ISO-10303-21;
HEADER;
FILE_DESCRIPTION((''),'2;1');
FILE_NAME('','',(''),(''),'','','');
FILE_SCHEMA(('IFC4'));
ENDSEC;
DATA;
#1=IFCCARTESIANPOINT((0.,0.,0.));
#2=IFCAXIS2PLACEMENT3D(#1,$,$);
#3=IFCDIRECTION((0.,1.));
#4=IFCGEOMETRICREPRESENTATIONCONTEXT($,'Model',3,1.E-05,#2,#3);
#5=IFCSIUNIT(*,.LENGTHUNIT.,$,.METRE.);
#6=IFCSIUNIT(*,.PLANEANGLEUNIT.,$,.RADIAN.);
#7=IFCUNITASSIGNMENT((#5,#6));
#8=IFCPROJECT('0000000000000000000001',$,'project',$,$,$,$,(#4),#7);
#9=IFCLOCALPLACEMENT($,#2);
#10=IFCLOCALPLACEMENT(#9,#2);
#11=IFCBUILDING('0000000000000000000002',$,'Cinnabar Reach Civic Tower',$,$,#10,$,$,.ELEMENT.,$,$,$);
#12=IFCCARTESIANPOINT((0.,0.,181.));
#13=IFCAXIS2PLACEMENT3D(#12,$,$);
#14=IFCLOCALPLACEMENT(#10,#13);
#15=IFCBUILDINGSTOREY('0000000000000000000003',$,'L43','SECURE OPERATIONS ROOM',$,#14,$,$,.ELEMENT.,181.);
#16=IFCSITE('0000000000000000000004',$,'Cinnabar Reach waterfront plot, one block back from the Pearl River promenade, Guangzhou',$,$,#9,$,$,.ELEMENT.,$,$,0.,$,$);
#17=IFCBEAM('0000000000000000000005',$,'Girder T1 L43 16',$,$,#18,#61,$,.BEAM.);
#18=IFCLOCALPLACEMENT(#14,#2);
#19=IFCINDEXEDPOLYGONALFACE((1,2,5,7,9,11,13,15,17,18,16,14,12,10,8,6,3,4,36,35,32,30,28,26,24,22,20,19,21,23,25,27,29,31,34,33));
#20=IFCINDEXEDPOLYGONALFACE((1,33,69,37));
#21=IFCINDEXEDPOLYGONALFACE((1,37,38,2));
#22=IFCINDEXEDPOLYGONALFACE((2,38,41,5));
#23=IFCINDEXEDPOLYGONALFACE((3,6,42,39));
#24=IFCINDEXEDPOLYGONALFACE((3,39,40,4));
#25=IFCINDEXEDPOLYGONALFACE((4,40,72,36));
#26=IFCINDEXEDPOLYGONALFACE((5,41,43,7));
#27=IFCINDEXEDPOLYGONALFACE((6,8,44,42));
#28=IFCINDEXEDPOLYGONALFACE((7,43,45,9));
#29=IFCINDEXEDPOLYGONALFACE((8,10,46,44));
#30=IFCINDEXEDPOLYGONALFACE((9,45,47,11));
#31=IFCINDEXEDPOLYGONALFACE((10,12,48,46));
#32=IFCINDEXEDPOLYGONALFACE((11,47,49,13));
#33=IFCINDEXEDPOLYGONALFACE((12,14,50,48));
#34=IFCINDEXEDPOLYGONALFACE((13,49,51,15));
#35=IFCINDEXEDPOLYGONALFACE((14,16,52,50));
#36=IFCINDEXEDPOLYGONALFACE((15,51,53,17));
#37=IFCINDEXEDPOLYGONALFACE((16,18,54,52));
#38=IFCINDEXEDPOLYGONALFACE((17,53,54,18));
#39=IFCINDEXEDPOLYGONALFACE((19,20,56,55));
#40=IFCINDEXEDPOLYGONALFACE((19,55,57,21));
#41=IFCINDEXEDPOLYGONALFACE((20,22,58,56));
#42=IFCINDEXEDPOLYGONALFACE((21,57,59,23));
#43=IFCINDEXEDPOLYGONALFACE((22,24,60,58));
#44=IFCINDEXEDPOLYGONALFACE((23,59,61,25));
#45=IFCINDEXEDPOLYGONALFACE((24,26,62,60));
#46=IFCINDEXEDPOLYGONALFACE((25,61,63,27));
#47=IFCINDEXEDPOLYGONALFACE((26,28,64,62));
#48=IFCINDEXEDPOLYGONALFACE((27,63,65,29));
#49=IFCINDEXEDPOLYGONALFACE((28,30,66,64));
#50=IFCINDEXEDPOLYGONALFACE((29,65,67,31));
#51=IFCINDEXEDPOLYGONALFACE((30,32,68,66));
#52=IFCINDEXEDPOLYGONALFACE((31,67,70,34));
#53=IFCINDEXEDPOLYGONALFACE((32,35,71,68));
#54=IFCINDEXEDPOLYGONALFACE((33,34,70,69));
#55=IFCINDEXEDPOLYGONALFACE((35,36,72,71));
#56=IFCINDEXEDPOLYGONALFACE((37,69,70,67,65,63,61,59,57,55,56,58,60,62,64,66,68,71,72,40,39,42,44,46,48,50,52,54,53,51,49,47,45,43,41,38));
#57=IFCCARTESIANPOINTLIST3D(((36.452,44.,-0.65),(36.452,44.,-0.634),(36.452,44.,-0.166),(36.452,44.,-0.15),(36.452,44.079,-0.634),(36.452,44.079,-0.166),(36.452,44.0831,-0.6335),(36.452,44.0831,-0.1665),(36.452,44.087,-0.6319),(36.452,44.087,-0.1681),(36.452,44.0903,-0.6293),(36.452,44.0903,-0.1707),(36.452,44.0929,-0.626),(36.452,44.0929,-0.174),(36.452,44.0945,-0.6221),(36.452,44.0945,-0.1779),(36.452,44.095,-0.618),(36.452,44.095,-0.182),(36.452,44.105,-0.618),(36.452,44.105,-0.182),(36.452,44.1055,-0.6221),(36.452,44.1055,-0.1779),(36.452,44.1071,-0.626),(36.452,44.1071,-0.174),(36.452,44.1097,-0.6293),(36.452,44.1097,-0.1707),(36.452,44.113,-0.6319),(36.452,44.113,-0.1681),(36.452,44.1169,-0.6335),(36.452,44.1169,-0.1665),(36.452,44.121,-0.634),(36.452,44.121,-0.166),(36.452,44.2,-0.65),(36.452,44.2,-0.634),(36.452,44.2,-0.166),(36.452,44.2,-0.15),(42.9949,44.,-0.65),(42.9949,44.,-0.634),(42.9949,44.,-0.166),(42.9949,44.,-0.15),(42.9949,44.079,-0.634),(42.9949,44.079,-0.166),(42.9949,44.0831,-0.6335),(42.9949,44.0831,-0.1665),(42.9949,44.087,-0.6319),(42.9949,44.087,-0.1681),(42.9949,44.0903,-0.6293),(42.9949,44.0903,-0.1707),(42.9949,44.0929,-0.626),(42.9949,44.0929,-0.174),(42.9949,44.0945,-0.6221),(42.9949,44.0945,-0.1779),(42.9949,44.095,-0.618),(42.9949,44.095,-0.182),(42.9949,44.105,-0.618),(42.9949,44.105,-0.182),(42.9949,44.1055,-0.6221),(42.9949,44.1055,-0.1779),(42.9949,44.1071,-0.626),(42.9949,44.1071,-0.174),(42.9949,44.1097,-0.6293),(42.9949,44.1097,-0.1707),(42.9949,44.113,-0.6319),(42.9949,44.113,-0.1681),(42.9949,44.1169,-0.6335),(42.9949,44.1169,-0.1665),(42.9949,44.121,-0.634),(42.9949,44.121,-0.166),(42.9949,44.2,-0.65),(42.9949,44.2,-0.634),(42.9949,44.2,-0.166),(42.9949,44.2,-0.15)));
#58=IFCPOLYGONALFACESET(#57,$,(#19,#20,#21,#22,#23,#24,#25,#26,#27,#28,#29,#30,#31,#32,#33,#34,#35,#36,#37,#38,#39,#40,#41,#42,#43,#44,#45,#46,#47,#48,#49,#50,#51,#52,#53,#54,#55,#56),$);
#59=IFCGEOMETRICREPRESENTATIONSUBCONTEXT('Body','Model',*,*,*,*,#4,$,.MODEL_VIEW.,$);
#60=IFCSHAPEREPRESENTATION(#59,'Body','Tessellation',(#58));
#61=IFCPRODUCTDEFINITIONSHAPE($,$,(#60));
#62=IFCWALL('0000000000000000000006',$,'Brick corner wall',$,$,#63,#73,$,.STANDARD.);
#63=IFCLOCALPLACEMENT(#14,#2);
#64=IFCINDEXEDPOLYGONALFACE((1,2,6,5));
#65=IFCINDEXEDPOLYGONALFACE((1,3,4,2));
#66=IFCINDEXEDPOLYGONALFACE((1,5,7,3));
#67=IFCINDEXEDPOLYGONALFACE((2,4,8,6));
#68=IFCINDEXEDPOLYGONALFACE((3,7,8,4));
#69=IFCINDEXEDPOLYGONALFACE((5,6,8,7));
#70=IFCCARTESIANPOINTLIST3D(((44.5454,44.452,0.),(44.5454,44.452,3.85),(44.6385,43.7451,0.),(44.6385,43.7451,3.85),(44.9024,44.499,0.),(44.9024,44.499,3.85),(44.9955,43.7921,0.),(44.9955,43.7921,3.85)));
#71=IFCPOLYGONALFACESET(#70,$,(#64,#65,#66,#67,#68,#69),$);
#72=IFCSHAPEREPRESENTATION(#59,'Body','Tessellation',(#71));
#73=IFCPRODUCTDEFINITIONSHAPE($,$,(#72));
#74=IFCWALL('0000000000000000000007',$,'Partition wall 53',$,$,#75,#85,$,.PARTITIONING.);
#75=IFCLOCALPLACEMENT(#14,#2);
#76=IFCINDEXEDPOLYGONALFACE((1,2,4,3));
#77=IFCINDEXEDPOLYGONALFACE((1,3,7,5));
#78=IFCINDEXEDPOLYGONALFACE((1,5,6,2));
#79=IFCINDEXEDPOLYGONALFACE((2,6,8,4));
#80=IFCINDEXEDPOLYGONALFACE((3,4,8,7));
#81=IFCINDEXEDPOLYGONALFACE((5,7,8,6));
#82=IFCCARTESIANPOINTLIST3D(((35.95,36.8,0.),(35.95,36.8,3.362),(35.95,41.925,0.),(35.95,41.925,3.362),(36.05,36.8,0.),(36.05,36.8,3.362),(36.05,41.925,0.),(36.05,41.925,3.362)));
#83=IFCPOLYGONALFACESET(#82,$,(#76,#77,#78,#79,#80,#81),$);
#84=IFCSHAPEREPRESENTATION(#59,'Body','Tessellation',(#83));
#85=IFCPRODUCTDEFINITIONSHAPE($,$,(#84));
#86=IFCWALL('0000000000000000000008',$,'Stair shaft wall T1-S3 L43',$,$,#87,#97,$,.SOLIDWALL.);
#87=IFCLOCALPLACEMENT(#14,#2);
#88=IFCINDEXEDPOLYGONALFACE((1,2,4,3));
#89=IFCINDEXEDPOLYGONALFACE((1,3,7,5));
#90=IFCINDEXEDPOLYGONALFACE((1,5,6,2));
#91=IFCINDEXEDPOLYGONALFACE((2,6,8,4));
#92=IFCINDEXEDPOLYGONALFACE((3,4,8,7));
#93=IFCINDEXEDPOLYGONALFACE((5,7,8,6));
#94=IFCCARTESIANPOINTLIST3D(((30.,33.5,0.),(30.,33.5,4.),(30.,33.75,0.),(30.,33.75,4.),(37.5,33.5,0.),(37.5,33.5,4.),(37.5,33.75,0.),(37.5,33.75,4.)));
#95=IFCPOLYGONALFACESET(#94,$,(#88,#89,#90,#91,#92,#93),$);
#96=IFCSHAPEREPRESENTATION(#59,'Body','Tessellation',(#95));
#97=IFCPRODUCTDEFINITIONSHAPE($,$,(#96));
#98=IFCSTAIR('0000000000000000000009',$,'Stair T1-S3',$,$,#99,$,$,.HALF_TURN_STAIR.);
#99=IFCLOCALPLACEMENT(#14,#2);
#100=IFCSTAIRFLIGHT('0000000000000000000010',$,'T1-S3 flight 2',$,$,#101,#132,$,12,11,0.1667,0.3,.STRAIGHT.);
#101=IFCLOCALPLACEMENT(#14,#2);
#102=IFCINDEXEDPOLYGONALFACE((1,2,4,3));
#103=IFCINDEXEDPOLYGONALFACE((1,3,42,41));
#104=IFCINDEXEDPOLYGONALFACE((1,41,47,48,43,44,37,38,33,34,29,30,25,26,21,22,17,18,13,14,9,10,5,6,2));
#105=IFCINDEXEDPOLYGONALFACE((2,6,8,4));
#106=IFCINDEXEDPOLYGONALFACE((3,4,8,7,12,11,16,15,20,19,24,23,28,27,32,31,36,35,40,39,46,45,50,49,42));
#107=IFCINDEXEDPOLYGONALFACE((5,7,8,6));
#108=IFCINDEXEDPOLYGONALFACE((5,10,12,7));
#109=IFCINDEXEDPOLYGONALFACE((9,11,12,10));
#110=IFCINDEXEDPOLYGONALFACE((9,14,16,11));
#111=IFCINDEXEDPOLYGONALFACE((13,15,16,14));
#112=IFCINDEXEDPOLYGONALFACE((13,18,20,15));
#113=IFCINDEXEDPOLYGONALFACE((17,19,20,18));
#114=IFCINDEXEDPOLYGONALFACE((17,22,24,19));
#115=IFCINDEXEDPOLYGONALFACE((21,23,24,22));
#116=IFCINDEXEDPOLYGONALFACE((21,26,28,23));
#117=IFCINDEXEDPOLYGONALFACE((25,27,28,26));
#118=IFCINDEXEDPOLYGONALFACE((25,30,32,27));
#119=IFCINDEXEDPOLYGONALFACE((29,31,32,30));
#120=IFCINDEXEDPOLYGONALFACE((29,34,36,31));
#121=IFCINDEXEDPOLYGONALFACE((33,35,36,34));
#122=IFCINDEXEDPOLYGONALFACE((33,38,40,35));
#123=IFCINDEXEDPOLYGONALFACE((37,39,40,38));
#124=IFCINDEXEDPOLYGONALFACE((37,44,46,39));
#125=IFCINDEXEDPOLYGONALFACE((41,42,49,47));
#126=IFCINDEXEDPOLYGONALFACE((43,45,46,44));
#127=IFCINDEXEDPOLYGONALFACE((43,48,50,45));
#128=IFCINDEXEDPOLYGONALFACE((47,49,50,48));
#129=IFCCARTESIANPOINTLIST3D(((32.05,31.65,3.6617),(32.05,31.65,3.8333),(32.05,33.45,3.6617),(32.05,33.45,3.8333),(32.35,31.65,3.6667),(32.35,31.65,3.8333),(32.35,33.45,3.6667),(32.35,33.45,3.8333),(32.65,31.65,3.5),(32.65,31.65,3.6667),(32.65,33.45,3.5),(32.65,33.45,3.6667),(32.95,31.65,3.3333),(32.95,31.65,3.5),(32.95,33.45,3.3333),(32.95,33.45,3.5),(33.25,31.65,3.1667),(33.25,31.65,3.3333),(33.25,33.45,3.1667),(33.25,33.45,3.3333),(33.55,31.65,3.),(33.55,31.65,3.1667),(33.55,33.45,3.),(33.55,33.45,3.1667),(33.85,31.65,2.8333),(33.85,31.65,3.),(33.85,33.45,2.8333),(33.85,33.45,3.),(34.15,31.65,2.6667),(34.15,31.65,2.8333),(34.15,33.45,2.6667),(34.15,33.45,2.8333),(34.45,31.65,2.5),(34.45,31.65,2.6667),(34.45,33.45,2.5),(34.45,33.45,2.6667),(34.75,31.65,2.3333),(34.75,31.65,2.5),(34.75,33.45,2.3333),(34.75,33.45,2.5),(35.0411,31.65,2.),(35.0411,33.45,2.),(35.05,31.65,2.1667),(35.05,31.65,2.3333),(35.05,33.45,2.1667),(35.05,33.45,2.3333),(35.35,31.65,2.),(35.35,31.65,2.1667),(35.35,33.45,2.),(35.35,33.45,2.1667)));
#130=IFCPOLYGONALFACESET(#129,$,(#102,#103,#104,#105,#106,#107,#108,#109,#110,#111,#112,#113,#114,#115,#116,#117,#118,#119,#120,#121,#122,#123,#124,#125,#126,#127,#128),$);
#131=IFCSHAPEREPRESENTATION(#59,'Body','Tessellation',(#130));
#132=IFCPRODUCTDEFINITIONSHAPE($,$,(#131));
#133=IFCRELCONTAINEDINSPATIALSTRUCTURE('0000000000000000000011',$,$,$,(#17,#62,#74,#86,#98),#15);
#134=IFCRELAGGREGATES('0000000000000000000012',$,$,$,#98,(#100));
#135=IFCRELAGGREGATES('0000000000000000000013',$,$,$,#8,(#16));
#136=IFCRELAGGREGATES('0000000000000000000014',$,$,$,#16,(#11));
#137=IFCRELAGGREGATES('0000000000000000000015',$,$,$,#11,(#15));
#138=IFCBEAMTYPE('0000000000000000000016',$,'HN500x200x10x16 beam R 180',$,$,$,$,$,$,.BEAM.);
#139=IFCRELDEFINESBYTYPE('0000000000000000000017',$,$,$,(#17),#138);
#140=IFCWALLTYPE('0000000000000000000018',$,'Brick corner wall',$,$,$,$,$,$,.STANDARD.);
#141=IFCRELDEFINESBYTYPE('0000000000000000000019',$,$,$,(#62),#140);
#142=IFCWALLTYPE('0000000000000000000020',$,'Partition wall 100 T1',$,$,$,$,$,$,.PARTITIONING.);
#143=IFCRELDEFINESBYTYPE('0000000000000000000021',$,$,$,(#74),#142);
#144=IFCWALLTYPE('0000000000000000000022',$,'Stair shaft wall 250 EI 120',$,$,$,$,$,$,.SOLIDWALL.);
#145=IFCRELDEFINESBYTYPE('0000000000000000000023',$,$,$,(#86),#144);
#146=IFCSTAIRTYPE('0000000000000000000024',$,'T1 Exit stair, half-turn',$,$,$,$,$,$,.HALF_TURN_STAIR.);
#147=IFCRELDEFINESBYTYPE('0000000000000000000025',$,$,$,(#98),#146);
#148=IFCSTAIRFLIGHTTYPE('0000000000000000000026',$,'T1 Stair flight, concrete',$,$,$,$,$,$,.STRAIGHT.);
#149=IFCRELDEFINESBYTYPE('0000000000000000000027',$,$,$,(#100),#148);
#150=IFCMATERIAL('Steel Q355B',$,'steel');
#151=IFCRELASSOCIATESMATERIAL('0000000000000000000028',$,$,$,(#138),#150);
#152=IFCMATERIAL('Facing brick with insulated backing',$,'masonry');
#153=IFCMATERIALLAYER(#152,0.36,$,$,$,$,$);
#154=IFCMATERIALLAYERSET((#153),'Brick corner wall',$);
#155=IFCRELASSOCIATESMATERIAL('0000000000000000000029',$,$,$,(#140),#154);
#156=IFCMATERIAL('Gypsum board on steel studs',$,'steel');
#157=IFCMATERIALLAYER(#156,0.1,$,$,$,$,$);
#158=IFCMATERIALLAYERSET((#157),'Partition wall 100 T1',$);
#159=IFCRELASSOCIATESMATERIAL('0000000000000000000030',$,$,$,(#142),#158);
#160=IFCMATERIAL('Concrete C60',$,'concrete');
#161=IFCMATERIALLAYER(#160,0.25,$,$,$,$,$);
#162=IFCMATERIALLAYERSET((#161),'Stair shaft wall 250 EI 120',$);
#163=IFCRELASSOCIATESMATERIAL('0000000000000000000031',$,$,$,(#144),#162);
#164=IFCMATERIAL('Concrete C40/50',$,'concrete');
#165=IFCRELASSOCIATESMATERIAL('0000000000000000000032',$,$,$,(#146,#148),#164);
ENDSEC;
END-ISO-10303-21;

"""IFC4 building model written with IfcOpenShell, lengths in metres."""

from ifc_helpers import new_model, si_unit, direction, frame, frame_2d, origin, origin_2d, place, context, subcontext, project, spatial, polyline, rectangle, i_section, outline, extrude, material, layer, layer_set, material_profile, profile_set, type_object, element, aggregate, save


model = new_model("IFC4")

# Units and contexts
model_context = context("Model", 3, precision=1e-05, world=origin(), true_north=direction((0.0, 1.0)))
body_context = subcontext(model_context, "Body", "Model", "MODEL_VIEW")
ifc_project = project(units=[si_unit("LENGTHUNIT", "METRE"), si_unit("PLANEANGLEUNIT", "RADIAN")], contexts=[model_context])

# Site, building, storey
site_placement = place(None, origin())
site = spatial("IfcSite", under=ifc_project, at=site_placement, Name="Cinnabar Reach waterfront plot, one block back from the Pearl River promenade, Guangzhou", CompositionType="ELEMENT", RefElevation=0.0)
building_placement = place(site_placement, origin())
building = spatial("IfcBuilding", under=site, at=building_placement, Name="Cinnabar Reach Civic Tower", CompositionType="ELEMENT")
storey_placement = place(building_placement, frame((0.0, 0.0, 181.0)))
storey = spatial("IfcBuildingStorey", under=building, at=storey_placement, Name="L43", Description="SECURE OPERATIONS ROOM", CompositionType="ELEMENT", Elevation=181.0)

# Beam
ifc_material_1 = material(Name="Steel Q355B", Category="steel")
ifc_material_profile_1 = material_profile(ifc_material_1, i_section(OverallWidth=0.2, OverallDepth=0.5, WebThickness=0.01, FlangeThickness=0.016, FilletRadius=0.016, at=origin_2d()), Name="HN500x200x10x16")
ifc_profile_set_1 = profile_set([ifc_material_profile_1], Name="Steel Q355B")
beam_type_1 = type_object("IfcBeamType", Name="HN500x200x10x16 beam R 180", PredefinedType="BEAM", material=ifc_profile_set_1)
beam_1_placement = place(storey_placement, frame((36.452, 44.1, -0.4), z_axis=(1.0, 0.0, 0.0), x_axis=(0.0, 1.0, 0.0)))
element("IfcBeam", 1, at=beam_1_placement, inside=storey, type_object=beam_type_1, Name="Girder T1 L43 16", PredefinedType="BEAM", context=body_context, shape_type="SweptSolid", body=[
    extrude(i_section(OverallWidth=0.2, OverallDepth=0.5, WebThickness=0.01, FlangeThickness=0.016, FilletRadius=0.016, at=origin_2d()), origin(), (0.0, 0.0, 1.0), 6.5429),
])

# Walls
ifc_material_2 = material(Name="Facing brick with insulated backing", Category="masonry")
ifc_layer_1 = layer(ifc_material_2, 0.36)
ifc_layer_set_1 = layer_set([ifc_layer_1], Name="Brick corner wall")
wall_type_1 = type_object("IfcWallType", Name="Brick corner wall", PredefinedType="STANDARD", material=ifc_layer_set_1)
wall_1_placement = place(storey_placement, frame((44.817, 43.7686, 0.0), z_axis=(0.0, 0.0, 1.0), x_axis=(-0.130556, 0.991441, 0.0)))
element("IfcWall", 2, at=wall_1_placement, inside=storey, type_object=wall_type_1, Name="Brick corner wall", PredefinedType="STANDARD", context=body_context, shape_type="SweptSolid", body=[
    extrude(rectangle(XDim=0.7131, YDim=0.36, at=frame_2d((0.3565, 0.0))), origin(), (0.0, 0.0, 1.0), 3.85),
])
ifc_material_3 = material(Name="Gypsum board on steel studs", Category="steel")
ifc_layer_2 = layer(ifc_material_3, 0.1)
ifc_layer_set_2 = layer_set([ifc_layer_2], Name="Partition wall 100 T1")
wall_type_2 = type_object("IfcWallType", Name="Partition wall 100 T1", PredefinedType="PARTITIONING", material=ifc_layer_set_2)
wall_2_placement = place(storey_placement, frame((36.0, 36.8, 0.0), z_axis=(0.0, 0.0, 1.0), x_axis=(0.0, 1.0, 0.0)))
element("IfcWall", 3, at=wall_2_placement, inside=storey, type_object=wall_type_2, Name="Partition wall 53", PredefinedType="PARTITIONING", context=body_context, shape_type="SweptSolid", body=[
    extrude(rectangle(XDim=5.125, YDim=0.1, at=frame_2d((2.5625, 0.0))), origin(), (0.0, 0.0, 1.0), 3.362),
])
ifc_material_4 = material(Name="Concrete C60", Category="concrete")
ifc_layer_3 = layer(ifc_material_4, 0.25)
ifc_layer_set_3 = layer_set([ifc_layer_3], Name="Stair shaft wall 250 EI 120")
wall_type_3 = type_object("IfcWallType", Name="Stair shaft wall 250 EI 120", PredefinedType="SOLIDWALL", material=ifc_layer_set_3)
wall_3_placement = place(storey_placement, frame((37.5, 33.625, 0.0), z_axis=(0.0, 0.0, 1.0), x_axis=(-1.0, 0.0, 0.0)))
element("IfcWall", 4, at=wall_3_placement, inside=storey, type_object=wall_type_3, Name="Stair shaft wall T1-S3 L43", PredefinedType="SOLIDWALL", context=body_context, shape_type="SweptSolid", body=[
    extrude(rectangle(XDim=7.5, YDim=0.25, at=frame_2d((3.75, 0.0))), origin(), (0.0, 0.0, 1.0), 4.0),
])

# Stair, stair flight
ifc_material_5 = material(Name="Concrete C40/50", Category="concrete")
stair_type = type_object("IfcStairType", Name="T1 Exit stair, half-turn", PredefinedType="HALF_TURN_STAIR", material=ifc_material_5)
stair_placement = place(storey_placement, origin())
stair = element("IfcStair", 5, at=stair_placement, inside=storey, type_object=stair_type, Name="Stair T1-S3", PredefinedType="HALF_TURN_STAIR")
stair_flight_type = type_object("IfcStairFlightType", Name="T1 Stair flight, concrete", PredefinedType="STRAIGHT", material=ifc_material_5)
stair_flight_placement = place(storey_placement, frame((35.35, 32.55, 2.0), z_axis=(0.0, 0.0, 1.0), x_axis=(-1.0, 0.0, 0.0)))
stair_flight = element("IfcStairFlight", 6, at=stair_flight_placement, type_object=stair_flight_type, Name="T1-S3 flight 2", NumberOfRisers=12, NumberOfTreads=11, PredefinedType="STRAIGHT", RiserHeight=0.1667, TreadLength=0.3, context=body_context, shape_type="SweptSolid", body=[
    extrude(outline(polyline([(0.0, 0.0), (0.0, 0.1667), (0.3, 0.1667), (0.3, 0.3333), (0.6, 0.3333), (0.6, 0.5), (0.9, 0.5), (0.9, 0.6667), (1.2, 0.6667), (1.2, 0.8333), (1.5, 0.8333), (1.5, 1.0), (1.8, 1.0), (1.8, 1.1667), (2.1, 1.1667), (2.1, 1.3333), (2.4, 1.3333), (2.4, 1.5), (2.7, 1.5), (2.7, 1.6667), (3.0, 1.6667), (3.0, 1.8333), (3.3, 1.8333), (3.3, 2.0), (3.3, 1.6617), (0.3089, 0.0), (0.0, 0.0)])), frame((0.0, 0.9, 0.0), z_axis=(0.0, -1.0, 0.0), x_axis=(1.0, 0.0, 0.0)), (0.0, 0.0, 1.0), 1.8),
])
aggregate(stair, [stair_flight])

save(model, "model.ifc")
